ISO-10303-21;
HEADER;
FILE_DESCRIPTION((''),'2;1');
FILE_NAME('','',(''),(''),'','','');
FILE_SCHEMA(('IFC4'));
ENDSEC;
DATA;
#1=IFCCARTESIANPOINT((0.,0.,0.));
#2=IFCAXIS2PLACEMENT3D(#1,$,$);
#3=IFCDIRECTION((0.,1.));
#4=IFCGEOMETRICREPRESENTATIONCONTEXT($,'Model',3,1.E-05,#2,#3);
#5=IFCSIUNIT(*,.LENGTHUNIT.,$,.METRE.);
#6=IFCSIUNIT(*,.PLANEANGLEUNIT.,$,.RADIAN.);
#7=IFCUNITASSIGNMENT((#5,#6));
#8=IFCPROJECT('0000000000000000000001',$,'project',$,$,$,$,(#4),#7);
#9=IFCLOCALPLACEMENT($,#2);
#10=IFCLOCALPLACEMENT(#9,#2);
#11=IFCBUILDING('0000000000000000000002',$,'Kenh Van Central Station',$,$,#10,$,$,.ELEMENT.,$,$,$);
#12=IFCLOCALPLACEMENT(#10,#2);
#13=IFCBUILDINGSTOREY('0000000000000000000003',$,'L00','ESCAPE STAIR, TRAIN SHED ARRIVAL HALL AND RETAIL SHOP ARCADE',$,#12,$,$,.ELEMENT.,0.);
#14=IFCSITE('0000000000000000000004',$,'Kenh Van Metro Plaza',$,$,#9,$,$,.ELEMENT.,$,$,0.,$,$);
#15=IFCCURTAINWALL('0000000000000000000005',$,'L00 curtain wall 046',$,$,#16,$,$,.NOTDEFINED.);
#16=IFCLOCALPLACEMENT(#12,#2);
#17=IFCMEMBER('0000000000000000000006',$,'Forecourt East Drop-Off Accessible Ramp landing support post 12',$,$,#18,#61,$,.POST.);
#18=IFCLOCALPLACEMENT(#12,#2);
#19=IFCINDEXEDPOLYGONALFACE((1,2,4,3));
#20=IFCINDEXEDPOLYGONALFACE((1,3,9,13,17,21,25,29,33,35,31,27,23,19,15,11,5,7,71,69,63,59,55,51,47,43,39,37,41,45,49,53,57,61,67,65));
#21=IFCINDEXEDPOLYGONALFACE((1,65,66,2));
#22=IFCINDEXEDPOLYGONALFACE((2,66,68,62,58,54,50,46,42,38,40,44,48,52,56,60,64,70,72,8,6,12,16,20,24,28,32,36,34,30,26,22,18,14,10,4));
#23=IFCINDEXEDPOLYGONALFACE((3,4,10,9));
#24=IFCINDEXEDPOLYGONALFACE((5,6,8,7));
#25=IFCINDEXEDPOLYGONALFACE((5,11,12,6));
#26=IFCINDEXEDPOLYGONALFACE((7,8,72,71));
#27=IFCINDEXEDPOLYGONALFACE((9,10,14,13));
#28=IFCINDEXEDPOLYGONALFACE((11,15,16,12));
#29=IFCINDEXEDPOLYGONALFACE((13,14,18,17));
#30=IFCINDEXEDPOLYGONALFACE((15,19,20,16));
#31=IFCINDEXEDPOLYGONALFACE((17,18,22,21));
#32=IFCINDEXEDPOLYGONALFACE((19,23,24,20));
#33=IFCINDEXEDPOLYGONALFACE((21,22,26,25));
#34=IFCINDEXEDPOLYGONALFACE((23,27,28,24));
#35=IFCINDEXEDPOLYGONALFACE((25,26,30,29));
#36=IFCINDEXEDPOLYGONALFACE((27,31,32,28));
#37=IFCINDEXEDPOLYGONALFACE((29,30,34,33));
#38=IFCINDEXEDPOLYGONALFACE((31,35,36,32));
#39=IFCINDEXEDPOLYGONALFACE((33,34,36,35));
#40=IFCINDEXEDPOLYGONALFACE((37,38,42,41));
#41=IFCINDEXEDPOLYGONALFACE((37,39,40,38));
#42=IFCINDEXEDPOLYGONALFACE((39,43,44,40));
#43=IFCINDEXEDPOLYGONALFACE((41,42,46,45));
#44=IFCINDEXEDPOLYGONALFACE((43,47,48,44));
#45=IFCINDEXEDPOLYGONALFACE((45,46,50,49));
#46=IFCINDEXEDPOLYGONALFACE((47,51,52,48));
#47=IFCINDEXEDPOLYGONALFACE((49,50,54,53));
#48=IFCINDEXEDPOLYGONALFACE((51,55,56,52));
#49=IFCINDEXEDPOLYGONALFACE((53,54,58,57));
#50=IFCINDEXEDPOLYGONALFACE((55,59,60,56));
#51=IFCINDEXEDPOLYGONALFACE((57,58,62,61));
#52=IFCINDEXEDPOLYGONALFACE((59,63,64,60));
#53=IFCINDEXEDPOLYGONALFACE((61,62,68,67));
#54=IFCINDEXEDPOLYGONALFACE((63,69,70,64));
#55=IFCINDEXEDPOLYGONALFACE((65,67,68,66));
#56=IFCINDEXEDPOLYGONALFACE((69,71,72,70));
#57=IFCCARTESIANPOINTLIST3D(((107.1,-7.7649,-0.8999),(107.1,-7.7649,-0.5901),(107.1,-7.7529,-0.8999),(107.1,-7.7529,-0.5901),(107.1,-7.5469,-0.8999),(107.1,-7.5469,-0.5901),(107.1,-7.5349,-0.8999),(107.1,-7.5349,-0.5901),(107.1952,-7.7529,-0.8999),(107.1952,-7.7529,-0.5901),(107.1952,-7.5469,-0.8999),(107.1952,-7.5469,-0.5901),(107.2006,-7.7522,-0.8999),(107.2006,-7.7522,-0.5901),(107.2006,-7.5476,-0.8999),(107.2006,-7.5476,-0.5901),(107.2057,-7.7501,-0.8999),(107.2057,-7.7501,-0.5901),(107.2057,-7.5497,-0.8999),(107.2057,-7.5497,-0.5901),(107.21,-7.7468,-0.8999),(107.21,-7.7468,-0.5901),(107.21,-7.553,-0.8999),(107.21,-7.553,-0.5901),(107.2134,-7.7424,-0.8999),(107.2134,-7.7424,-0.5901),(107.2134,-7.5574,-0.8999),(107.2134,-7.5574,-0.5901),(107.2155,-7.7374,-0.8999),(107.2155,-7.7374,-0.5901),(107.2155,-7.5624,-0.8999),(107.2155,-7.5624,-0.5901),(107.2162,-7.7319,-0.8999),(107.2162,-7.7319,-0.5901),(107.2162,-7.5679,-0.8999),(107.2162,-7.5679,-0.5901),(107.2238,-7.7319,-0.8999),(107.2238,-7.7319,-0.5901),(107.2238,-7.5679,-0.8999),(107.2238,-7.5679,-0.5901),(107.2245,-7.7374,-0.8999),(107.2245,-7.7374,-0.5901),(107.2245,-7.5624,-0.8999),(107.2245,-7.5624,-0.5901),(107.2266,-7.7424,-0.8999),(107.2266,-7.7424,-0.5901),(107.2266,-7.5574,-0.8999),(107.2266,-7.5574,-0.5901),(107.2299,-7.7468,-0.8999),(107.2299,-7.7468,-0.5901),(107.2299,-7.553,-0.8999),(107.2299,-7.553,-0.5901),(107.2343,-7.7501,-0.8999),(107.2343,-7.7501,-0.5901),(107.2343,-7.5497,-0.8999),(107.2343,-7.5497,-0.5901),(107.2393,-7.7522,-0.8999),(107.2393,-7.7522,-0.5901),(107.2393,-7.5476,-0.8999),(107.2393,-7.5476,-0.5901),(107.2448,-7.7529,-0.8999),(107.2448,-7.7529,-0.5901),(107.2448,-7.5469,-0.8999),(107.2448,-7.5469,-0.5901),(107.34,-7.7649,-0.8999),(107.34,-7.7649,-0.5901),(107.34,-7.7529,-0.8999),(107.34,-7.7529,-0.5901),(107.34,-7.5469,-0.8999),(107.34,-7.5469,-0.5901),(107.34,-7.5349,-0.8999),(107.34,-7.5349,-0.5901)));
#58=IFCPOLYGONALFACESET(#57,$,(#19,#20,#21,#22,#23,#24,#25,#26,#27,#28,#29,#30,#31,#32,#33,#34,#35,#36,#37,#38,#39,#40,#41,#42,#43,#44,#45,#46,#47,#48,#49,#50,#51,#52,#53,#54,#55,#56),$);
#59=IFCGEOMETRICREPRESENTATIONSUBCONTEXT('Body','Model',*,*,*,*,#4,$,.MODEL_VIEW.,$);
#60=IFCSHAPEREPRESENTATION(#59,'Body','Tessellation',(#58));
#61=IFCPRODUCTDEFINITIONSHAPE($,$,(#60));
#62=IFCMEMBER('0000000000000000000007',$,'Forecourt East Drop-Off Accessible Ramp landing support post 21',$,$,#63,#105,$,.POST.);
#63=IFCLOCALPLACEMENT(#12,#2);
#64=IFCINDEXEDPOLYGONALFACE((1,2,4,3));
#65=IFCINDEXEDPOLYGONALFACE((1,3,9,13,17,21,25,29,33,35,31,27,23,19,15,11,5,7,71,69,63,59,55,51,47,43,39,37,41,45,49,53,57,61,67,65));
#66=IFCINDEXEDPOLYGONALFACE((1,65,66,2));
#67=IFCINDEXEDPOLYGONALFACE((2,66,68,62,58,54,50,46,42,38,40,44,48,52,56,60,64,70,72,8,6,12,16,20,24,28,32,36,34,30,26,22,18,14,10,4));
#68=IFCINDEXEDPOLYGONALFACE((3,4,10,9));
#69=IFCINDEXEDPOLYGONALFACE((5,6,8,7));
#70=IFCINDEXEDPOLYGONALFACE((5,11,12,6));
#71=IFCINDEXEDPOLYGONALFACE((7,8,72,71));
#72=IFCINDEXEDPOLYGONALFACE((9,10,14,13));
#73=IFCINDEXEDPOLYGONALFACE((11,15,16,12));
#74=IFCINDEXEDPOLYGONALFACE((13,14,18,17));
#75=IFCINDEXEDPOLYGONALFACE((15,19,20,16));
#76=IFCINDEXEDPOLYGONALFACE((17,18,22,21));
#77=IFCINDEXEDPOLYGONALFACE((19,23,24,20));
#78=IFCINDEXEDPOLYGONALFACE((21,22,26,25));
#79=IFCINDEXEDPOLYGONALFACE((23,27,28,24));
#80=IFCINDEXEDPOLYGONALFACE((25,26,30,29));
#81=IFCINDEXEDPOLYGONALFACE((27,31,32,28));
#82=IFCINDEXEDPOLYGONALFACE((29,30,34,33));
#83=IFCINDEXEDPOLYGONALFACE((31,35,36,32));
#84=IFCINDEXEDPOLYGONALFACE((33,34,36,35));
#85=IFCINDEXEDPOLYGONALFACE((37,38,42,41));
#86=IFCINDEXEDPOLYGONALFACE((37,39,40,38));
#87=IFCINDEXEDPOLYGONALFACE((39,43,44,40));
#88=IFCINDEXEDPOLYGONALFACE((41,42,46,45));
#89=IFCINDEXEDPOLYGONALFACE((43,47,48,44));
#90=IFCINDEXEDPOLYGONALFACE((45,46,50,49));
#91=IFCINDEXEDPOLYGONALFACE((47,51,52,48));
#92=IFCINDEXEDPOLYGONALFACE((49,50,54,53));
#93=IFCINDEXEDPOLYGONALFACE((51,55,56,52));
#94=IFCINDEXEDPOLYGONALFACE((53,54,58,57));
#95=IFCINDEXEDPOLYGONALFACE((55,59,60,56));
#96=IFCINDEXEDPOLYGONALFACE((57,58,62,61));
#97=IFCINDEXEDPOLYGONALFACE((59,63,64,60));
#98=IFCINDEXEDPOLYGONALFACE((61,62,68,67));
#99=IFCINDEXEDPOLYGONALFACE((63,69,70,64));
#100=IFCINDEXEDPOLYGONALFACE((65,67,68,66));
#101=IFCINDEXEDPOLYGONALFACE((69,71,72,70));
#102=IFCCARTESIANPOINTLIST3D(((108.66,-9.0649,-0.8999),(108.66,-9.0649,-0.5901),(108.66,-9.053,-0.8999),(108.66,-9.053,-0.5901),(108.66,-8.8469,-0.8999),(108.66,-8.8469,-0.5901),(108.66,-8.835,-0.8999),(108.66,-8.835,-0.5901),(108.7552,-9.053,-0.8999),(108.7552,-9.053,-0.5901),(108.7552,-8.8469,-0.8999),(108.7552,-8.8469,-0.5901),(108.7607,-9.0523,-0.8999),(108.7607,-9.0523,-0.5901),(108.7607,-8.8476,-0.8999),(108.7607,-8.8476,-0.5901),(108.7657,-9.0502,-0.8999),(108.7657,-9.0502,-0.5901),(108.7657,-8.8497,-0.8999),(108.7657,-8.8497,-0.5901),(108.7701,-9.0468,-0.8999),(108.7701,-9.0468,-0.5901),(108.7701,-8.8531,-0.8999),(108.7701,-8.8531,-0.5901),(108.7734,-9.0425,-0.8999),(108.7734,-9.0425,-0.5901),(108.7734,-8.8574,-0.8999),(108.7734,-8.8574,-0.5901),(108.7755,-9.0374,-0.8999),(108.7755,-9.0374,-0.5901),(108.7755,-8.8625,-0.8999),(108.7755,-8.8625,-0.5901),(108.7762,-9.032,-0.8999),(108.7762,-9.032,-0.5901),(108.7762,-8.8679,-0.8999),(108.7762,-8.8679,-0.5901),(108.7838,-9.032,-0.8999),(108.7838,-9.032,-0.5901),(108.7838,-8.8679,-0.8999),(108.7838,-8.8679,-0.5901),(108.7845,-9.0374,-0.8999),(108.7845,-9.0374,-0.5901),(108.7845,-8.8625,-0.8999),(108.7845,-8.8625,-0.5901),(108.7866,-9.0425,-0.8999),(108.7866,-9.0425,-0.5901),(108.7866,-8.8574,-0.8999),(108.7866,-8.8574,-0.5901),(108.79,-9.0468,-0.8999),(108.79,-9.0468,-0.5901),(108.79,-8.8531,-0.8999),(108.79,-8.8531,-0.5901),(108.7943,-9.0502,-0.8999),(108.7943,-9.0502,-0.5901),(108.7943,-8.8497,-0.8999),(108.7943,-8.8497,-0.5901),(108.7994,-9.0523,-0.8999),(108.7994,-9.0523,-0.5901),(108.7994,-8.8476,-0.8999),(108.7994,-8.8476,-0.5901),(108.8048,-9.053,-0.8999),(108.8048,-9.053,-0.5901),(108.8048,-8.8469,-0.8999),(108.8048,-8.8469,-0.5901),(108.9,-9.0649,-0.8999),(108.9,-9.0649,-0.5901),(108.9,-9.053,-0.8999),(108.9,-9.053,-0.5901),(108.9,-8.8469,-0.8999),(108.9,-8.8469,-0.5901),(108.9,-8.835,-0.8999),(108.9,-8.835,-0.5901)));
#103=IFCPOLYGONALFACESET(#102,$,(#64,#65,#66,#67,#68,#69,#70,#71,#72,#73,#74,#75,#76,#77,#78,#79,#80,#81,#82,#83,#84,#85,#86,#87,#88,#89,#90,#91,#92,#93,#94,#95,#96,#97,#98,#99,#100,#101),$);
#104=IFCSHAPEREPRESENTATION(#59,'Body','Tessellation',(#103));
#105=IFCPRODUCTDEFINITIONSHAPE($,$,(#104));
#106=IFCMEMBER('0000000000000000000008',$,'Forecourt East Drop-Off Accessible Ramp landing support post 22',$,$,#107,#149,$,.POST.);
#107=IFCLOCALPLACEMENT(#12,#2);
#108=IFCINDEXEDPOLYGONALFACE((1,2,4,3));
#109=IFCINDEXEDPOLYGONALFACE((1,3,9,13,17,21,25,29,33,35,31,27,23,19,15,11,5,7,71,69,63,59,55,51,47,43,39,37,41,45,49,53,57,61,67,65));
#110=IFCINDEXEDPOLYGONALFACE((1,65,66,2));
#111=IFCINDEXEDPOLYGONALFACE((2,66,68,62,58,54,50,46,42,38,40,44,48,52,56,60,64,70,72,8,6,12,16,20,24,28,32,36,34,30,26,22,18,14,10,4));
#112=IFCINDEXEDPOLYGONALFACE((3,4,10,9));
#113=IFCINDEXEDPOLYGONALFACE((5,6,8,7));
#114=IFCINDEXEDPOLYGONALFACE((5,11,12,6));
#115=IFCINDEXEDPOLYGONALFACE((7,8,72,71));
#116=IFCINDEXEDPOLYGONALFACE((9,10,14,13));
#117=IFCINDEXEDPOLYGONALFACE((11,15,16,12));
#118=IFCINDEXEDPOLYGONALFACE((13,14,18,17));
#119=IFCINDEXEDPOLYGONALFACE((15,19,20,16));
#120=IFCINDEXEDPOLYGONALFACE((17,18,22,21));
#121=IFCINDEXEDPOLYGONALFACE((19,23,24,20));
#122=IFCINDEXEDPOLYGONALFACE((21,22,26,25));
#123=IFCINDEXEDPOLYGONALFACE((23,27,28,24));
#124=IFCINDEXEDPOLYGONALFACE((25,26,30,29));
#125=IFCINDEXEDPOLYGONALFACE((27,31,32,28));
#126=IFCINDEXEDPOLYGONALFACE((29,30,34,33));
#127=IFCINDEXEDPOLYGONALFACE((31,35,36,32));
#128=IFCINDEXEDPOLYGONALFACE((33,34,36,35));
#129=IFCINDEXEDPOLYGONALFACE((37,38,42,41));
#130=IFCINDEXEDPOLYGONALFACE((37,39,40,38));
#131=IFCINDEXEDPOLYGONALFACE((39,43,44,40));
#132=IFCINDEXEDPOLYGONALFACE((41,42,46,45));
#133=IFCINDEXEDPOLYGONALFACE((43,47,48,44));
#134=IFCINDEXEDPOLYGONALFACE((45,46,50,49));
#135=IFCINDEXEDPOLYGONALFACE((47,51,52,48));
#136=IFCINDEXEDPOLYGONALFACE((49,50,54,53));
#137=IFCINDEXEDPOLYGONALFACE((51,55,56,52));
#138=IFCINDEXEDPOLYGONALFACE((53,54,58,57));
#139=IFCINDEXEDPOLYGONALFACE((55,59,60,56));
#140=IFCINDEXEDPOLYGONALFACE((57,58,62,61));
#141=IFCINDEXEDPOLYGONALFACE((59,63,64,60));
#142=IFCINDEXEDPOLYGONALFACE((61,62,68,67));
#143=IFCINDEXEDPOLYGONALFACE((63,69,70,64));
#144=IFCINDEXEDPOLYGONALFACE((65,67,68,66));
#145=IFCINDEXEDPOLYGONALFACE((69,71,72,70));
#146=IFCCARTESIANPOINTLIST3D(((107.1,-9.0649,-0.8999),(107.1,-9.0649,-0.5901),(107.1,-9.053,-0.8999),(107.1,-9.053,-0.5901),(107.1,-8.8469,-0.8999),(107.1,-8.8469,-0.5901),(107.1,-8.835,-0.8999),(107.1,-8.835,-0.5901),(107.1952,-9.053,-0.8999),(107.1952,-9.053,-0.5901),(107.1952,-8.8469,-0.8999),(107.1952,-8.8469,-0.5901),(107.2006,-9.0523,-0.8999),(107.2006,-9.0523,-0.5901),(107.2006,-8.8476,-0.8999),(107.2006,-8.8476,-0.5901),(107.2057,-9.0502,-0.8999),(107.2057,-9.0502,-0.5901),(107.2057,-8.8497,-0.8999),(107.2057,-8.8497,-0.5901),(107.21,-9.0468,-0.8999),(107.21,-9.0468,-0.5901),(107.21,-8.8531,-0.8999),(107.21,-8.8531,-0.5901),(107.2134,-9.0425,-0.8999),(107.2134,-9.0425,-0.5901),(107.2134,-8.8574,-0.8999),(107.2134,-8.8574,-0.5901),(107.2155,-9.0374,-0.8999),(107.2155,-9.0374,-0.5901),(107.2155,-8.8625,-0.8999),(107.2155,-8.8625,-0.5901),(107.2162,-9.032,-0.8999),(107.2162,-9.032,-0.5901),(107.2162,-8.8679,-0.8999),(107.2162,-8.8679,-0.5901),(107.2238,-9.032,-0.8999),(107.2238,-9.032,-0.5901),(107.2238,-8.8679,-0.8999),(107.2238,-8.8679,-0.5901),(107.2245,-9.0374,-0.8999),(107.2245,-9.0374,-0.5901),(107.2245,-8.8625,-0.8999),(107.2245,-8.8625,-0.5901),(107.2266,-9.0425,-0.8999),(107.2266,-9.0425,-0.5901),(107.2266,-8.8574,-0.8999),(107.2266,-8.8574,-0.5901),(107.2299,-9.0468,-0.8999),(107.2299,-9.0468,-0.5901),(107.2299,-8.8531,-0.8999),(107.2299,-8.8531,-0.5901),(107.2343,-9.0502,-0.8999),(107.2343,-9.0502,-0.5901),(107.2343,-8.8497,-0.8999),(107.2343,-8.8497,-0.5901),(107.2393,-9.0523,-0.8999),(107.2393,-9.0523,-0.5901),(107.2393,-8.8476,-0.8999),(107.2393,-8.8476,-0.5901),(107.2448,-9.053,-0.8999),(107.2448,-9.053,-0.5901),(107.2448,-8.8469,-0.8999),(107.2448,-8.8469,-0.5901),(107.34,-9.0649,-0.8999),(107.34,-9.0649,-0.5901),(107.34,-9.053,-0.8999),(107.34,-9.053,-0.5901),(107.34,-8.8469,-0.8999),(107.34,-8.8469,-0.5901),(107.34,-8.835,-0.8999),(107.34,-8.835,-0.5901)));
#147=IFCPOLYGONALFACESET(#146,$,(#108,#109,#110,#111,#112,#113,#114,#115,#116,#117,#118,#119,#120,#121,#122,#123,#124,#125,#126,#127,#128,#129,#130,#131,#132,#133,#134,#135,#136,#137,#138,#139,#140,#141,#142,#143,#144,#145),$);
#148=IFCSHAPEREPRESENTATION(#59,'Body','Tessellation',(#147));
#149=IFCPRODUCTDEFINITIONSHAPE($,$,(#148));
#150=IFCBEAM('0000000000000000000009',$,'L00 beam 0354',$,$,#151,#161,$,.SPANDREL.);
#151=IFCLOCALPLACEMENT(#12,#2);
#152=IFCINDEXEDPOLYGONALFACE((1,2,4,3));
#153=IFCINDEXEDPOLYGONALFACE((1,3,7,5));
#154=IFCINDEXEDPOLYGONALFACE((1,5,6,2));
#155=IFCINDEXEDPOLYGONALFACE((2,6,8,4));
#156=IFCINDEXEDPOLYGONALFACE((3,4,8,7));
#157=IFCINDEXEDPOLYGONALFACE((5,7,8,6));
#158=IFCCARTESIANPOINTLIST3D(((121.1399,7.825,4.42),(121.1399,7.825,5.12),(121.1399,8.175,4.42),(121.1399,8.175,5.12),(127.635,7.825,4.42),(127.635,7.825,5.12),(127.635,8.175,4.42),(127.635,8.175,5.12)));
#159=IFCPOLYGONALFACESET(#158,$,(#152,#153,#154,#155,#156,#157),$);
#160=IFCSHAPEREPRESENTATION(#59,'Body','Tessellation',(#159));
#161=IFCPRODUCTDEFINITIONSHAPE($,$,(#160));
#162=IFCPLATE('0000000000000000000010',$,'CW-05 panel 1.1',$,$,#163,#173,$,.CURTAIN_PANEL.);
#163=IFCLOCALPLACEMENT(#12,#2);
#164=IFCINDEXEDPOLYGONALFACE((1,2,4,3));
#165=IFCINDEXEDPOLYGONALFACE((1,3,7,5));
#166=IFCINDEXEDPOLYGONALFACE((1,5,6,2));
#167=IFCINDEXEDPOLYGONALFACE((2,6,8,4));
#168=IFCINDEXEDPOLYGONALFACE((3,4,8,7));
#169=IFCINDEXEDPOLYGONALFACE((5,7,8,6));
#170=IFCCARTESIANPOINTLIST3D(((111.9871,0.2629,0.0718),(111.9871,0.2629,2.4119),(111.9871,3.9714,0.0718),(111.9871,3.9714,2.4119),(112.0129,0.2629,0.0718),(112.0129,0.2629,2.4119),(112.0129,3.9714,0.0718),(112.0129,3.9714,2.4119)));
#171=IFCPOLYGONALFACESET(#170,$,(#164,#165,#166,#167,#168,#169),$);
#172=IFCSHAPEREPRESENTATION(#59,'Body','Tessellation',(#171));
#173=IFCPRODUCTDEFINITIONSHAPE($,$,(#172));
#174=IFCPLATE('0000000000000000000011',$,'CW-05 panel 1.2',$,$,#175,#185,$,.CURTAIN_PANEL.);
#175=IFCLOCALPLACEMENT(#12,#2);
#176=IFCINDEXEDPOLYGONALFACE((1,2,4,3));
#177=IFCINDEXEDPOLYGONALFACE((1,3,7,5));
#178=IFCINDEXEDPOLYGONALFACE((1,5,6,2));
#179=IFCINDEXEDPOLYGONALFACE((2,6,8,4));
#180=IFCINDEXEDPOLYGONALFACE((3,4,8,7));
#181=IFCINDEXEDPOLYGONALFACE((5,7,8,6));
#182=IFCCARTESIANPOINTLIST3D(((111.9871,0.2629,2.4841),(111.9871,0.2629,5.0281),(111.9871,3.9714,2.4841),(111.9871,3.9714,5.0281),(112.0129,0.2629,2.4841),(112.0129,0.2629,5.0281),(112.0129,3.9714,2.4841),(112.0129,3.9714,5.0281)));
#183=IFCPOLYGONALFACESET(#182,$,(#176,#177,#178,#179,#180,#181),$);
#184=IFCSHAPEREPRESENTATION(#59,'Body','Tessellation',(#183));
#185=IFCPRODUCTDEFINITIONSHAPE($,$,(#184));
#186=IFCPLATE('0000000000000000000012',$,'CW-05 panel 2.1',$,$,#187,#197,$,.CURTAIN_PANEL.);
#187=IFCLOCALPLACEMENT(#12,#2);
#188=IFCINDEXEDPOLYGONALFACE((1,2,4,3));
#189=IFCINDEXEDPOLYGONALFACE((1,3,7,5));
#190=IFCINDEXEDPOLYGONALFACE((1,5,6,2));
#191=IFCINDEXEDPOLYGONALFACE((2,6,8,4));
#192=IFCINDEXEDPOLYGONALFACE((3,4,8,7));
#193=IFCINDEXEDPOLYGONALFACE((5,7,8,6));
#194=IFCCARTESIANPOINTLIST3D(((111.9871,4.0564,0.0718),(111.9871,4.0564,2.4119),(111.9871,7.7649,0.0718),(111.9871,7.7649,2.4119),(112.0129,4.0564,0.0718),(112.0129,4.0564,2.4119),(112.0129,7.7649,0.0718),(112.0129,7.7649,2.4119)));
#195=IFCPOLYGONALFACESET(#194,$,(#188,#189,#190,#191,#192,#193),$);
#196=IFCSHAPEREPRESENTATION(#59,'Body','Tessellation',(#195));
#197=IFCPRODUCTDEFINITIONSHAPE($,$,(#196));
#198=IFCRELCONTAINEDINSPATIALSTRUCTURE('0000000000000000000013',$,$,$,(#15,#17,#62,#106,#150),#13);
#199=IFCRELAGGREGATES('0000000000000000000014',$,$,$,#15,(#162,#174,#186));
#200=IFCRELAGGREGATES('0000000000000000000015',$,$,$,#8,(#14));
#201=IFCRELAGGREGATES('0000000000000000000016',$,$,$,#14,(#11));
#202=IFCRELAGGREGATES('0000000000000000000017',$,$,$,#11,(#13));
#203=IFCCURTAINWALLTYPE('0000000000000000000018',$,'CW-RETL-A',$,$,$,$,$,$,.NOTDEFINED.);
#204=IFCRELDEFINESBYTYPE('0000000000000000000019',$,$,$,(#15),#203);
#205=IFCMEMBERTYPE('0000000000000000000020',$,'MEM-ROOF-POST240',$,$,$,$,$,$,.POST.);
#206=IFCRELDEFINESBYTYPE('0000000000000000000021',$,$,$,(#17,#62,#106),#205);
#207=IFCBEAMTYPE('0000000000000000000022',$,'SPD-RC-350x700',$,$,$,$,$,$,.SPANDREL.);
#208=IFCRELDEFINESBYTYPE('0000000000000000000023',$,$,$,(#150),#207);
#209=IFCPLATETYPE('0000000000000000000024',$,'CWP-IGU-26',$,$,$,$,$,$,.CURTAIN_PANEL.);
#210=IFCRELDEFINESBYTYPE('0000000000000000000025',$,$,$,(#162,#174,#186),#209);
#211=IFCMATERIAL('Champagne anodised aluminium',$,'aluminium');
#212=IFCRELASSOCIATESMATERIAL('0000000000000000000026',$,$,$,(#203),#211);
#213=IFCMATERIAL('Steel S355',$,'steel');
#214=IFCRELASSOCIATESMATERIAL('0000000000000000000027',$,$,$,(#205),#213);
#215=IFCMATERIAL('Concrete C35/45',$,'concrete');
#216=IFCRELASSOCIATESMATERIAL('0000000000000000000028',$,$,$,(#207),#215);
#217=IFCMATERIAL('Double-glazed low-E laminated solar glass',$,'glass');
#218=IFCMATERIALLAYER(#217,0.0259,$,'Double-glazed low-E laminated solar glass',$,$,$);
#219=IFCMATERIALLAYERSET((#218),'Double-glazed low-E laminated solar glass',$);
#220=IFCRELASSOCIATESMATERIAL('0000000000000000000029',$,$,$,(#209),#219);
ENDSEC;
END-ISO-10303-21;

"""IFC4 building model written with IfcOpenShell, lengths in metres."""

from ifc_helpers import new_model, si_unit, direction, frame, origin, origin_2d, place, context, subcontext, project, spatial, rectangle, i_section, extrude, material, layer, layer_set, material_profile, profile_set, type_object, element, aggregate, save


model = new_model("IFC4")

# Units and contexts
model_context = context("Model", 3, precision=1e-05, world=origin(), true_north=direction((0.0, 1.0)))
body_context = subcontext(model_context, "Body", "Model", "MODEL_VIEW")
ifc_project = project(units=[si_unit("LENGTHUNIT", "METRE"), si_unit("PLANEANGLEUNIT", "RADIAN")], contexts=[model_context])

# Site, building, storey
site_placement = place(None, origin())
site = spatial("IfcSite", under=ifc_project, at=site_placement, Name="Kenh Van Metro Plaza", CompositionType="ELEMENT", RefElevation=0.0)
building_placement = place(site_placement, origin())
building = spatial("IfcBuilding", under=site, at=building_placement, Name="Kenh Van Central Station", CompositionType="ELEMENT")
storey_placement = place(building_placement, origin())
storey = spatial("IfcBuildingStorey", under=building, at=storey_placement, Name="L00", Description="ESCAPE STAIR, TRAIN SHED ARRIVAL HALL AND RETAIL SHOP ARCADE", CompositionType="ELEMENT", Elevation=0.0)

# Shared definitions
ifc_material_1 = material(Name="Steel S355", Category="steel")

# Curtain wall
ifc_material_2 = material(Name="Champagne anodised aluminium", Category="aluminium")
curtain_wall_type_1 = type_object("IfcCurtainWallType", Name="CW-RETL-A", PredefinedType="NOTDEFINED", material=ifc_material_2)
curtain_wall_1_placement = place(storey_placement, origin())
curtain_wall_1 = element("IfcCurtainWall", 1, at=curtain_wall_1_placement, inside=storey, type_object=curtain_wall_type_1, Name="L00 curtain wall 046", PredefinedType="NOTDEFINED")

# Members
ifc_material_profile_1 = material_profile(ifc_material_1, i_section(OverallWidth=0.24, OverallDepth=0.23, WebThickness=0.0076, FlangeThickness=0.012, FilletRadius=0.021, at=origin_2d()), Name="HEA 240")
ifc_profile_set_1 = profile_set([ifc_material_profile_1], Name="Steel S355")
member_type_1 = type_object("IfcMemberType", Name="MEM-ROOF-POST240", PredefinedType="POST", material=ifc_profile_set_1)
for number, where, z_axis, x_axis, name in (
    (2, (107.22, -7.6499, -0.8999), (0.0, 0.0, 1.0), (1.0, 0.0, 0.0), "Forecourt East Drop-Off Accessible Ramp landing support post 12"),
    (3, (108.78, -8.95, -0.8999), (0.0, 0.0, 1.0), (1.0, 0.0, 0.0), "Forecourt East Drop-Off Accessible Ramp landing support post 21"),
    (4, (107.22, -8.95, -0.8999), (0.0, 0.0, 1.0), (1.0, 0.0, 0.0), "Forecourt East Drop-Off Accessible Ramp landing support post 22"),
):
    element("IfcMember", number, at=place(storey_placement, frame(where, z_axis=z_axis, x_axis=x_axis)), inside=storey, type_object=member_type_1, Name=name, PredefinedType="POST", context=body_context, shape_type="SweptSolid", body=[
        extrude(i_section(OverallWidth=0.24, OverallDepth=0.23, WebThickness=0.0076, FlangeThickness=0.012, FilletRadius=0.021, at=origin_2d()), origin(), (0.0, 0.0, 1.0), 0.3098),
    ])

# Beam
ifc_material_3 = material(Name="Concrete C35/45", Category="concrete")
ifc_material_profile_2 = material_profile(ifc_material_3, rectangle(XDim=0.3501, YDim=0.7, at=origin_2d()), Name="RC 350x700")
ifc_profile_set_2 = profile_set([ifc_material_profile_2], Name="Concrete C35/45")
beam_type = type_object("IfcBeamType", Name="SPD-RC-350x700", PredefinedType="SPANDREL", material=ifc_profile_set_2)
beam_placement = place(storey_placement, frame((121.1399, 8.0, 4.77), z_axis=(1.0, 0.0, 0.0), x_axis=(0.0, 1.0, 0.0)))
element("IfcBeam", 5, at=beam_placement, inside=storey, type_object=beam_type, Name="L00 beam 0354", PredefinedType="SPANDREL", context=body_context, shape_type="SweptSolid", body=[
    extrude(rectangle(XDim=0.3501, YDim=0.7, at=origin_2d()), origin(), (0.0, 0.0, 1.0), 6.4951),
])

# Plates
ifc_material_4 = material(Name="Double-glazed low-E laminated solar glass", Category="glass")
ifc_layer_1 = layer(ifc_material_4, 0.0259, Name="Double-glazed low-E laminated solar glass")
ifc_layer_set_1 = layer_set([ifc_layer_1], Name="Double-glazed low-E laminated solar glass")
plate_type_1 = type_object("IfcPlateType", Name="CWP-IGU-26", PredefinedType="CURTAIN_PANEL", material=ifc_layer_set_1)
plate_1_placement = place(storey_placement, frame((112.0, 2.1172, 0.0718), z_axis=(0.0, 0.0, 1.0), x_axis=(0.0, 1.0, 0.0)))
plate_1 = element("IfcPlate", 6, at=plate_1_placement, type_object=plate_type_1, Name="CW-05 panel 1.1", PredefinedType="CURTAIN_PANEL", context=body_context, shape_type="SweptSolid", body=[
    extrude(rectangle(XDim=3.7085, YDim=0.0259, at=origin_2d()), origin(), (0.0, 0.0, 1.0), 2.3401),
])
plate_2_placement = place(storey_placement, frame((112.0, 2.1172, 2.4841), z_axis=(0.0, 0.0, 1.0), x_axis=(0.0, 1.0, 0.0)))
plate_2 = element("IfcPlate", 7, at=plate_2_placement, type_object=plate_type_1, Name="CW-05 panel 1.2", PredefinedType="CURTAIN_PANEL", context=body_context, shape_type="SweptSolid", body=[
    extrude(rectangle(XDim=3.7085, YDim=0.0259, at=origin_2d()), origin(), (0.0, 0.0, 1.0), 2.5439),
])
plate_3_placement = place(storey_placement, frame((112.0, 5.9106, 0.0718), z_axis=(0.0, 0.0, 1.0), x_axis=(0.0, 1.0, 0.0)))
plate_3 = element("IfcPlate", 8, at=plate_3_placement, type_object=plate_type_1, Name="CW-05 panel 2.1", PredefinedType="CURTAIN_PANEL", context=body_context, shape_type="SweptSolid", body=[
    extrude(rectangle(XDim=3.7085, YDim=0.0259, at=origin_2d()), origin(), (0.0, 0.0, 1.0), 2.3401),
])
aggregate(curtain_wall_1, [plate_1, plate_2, plate_3])

save(model, "model.ifc")
